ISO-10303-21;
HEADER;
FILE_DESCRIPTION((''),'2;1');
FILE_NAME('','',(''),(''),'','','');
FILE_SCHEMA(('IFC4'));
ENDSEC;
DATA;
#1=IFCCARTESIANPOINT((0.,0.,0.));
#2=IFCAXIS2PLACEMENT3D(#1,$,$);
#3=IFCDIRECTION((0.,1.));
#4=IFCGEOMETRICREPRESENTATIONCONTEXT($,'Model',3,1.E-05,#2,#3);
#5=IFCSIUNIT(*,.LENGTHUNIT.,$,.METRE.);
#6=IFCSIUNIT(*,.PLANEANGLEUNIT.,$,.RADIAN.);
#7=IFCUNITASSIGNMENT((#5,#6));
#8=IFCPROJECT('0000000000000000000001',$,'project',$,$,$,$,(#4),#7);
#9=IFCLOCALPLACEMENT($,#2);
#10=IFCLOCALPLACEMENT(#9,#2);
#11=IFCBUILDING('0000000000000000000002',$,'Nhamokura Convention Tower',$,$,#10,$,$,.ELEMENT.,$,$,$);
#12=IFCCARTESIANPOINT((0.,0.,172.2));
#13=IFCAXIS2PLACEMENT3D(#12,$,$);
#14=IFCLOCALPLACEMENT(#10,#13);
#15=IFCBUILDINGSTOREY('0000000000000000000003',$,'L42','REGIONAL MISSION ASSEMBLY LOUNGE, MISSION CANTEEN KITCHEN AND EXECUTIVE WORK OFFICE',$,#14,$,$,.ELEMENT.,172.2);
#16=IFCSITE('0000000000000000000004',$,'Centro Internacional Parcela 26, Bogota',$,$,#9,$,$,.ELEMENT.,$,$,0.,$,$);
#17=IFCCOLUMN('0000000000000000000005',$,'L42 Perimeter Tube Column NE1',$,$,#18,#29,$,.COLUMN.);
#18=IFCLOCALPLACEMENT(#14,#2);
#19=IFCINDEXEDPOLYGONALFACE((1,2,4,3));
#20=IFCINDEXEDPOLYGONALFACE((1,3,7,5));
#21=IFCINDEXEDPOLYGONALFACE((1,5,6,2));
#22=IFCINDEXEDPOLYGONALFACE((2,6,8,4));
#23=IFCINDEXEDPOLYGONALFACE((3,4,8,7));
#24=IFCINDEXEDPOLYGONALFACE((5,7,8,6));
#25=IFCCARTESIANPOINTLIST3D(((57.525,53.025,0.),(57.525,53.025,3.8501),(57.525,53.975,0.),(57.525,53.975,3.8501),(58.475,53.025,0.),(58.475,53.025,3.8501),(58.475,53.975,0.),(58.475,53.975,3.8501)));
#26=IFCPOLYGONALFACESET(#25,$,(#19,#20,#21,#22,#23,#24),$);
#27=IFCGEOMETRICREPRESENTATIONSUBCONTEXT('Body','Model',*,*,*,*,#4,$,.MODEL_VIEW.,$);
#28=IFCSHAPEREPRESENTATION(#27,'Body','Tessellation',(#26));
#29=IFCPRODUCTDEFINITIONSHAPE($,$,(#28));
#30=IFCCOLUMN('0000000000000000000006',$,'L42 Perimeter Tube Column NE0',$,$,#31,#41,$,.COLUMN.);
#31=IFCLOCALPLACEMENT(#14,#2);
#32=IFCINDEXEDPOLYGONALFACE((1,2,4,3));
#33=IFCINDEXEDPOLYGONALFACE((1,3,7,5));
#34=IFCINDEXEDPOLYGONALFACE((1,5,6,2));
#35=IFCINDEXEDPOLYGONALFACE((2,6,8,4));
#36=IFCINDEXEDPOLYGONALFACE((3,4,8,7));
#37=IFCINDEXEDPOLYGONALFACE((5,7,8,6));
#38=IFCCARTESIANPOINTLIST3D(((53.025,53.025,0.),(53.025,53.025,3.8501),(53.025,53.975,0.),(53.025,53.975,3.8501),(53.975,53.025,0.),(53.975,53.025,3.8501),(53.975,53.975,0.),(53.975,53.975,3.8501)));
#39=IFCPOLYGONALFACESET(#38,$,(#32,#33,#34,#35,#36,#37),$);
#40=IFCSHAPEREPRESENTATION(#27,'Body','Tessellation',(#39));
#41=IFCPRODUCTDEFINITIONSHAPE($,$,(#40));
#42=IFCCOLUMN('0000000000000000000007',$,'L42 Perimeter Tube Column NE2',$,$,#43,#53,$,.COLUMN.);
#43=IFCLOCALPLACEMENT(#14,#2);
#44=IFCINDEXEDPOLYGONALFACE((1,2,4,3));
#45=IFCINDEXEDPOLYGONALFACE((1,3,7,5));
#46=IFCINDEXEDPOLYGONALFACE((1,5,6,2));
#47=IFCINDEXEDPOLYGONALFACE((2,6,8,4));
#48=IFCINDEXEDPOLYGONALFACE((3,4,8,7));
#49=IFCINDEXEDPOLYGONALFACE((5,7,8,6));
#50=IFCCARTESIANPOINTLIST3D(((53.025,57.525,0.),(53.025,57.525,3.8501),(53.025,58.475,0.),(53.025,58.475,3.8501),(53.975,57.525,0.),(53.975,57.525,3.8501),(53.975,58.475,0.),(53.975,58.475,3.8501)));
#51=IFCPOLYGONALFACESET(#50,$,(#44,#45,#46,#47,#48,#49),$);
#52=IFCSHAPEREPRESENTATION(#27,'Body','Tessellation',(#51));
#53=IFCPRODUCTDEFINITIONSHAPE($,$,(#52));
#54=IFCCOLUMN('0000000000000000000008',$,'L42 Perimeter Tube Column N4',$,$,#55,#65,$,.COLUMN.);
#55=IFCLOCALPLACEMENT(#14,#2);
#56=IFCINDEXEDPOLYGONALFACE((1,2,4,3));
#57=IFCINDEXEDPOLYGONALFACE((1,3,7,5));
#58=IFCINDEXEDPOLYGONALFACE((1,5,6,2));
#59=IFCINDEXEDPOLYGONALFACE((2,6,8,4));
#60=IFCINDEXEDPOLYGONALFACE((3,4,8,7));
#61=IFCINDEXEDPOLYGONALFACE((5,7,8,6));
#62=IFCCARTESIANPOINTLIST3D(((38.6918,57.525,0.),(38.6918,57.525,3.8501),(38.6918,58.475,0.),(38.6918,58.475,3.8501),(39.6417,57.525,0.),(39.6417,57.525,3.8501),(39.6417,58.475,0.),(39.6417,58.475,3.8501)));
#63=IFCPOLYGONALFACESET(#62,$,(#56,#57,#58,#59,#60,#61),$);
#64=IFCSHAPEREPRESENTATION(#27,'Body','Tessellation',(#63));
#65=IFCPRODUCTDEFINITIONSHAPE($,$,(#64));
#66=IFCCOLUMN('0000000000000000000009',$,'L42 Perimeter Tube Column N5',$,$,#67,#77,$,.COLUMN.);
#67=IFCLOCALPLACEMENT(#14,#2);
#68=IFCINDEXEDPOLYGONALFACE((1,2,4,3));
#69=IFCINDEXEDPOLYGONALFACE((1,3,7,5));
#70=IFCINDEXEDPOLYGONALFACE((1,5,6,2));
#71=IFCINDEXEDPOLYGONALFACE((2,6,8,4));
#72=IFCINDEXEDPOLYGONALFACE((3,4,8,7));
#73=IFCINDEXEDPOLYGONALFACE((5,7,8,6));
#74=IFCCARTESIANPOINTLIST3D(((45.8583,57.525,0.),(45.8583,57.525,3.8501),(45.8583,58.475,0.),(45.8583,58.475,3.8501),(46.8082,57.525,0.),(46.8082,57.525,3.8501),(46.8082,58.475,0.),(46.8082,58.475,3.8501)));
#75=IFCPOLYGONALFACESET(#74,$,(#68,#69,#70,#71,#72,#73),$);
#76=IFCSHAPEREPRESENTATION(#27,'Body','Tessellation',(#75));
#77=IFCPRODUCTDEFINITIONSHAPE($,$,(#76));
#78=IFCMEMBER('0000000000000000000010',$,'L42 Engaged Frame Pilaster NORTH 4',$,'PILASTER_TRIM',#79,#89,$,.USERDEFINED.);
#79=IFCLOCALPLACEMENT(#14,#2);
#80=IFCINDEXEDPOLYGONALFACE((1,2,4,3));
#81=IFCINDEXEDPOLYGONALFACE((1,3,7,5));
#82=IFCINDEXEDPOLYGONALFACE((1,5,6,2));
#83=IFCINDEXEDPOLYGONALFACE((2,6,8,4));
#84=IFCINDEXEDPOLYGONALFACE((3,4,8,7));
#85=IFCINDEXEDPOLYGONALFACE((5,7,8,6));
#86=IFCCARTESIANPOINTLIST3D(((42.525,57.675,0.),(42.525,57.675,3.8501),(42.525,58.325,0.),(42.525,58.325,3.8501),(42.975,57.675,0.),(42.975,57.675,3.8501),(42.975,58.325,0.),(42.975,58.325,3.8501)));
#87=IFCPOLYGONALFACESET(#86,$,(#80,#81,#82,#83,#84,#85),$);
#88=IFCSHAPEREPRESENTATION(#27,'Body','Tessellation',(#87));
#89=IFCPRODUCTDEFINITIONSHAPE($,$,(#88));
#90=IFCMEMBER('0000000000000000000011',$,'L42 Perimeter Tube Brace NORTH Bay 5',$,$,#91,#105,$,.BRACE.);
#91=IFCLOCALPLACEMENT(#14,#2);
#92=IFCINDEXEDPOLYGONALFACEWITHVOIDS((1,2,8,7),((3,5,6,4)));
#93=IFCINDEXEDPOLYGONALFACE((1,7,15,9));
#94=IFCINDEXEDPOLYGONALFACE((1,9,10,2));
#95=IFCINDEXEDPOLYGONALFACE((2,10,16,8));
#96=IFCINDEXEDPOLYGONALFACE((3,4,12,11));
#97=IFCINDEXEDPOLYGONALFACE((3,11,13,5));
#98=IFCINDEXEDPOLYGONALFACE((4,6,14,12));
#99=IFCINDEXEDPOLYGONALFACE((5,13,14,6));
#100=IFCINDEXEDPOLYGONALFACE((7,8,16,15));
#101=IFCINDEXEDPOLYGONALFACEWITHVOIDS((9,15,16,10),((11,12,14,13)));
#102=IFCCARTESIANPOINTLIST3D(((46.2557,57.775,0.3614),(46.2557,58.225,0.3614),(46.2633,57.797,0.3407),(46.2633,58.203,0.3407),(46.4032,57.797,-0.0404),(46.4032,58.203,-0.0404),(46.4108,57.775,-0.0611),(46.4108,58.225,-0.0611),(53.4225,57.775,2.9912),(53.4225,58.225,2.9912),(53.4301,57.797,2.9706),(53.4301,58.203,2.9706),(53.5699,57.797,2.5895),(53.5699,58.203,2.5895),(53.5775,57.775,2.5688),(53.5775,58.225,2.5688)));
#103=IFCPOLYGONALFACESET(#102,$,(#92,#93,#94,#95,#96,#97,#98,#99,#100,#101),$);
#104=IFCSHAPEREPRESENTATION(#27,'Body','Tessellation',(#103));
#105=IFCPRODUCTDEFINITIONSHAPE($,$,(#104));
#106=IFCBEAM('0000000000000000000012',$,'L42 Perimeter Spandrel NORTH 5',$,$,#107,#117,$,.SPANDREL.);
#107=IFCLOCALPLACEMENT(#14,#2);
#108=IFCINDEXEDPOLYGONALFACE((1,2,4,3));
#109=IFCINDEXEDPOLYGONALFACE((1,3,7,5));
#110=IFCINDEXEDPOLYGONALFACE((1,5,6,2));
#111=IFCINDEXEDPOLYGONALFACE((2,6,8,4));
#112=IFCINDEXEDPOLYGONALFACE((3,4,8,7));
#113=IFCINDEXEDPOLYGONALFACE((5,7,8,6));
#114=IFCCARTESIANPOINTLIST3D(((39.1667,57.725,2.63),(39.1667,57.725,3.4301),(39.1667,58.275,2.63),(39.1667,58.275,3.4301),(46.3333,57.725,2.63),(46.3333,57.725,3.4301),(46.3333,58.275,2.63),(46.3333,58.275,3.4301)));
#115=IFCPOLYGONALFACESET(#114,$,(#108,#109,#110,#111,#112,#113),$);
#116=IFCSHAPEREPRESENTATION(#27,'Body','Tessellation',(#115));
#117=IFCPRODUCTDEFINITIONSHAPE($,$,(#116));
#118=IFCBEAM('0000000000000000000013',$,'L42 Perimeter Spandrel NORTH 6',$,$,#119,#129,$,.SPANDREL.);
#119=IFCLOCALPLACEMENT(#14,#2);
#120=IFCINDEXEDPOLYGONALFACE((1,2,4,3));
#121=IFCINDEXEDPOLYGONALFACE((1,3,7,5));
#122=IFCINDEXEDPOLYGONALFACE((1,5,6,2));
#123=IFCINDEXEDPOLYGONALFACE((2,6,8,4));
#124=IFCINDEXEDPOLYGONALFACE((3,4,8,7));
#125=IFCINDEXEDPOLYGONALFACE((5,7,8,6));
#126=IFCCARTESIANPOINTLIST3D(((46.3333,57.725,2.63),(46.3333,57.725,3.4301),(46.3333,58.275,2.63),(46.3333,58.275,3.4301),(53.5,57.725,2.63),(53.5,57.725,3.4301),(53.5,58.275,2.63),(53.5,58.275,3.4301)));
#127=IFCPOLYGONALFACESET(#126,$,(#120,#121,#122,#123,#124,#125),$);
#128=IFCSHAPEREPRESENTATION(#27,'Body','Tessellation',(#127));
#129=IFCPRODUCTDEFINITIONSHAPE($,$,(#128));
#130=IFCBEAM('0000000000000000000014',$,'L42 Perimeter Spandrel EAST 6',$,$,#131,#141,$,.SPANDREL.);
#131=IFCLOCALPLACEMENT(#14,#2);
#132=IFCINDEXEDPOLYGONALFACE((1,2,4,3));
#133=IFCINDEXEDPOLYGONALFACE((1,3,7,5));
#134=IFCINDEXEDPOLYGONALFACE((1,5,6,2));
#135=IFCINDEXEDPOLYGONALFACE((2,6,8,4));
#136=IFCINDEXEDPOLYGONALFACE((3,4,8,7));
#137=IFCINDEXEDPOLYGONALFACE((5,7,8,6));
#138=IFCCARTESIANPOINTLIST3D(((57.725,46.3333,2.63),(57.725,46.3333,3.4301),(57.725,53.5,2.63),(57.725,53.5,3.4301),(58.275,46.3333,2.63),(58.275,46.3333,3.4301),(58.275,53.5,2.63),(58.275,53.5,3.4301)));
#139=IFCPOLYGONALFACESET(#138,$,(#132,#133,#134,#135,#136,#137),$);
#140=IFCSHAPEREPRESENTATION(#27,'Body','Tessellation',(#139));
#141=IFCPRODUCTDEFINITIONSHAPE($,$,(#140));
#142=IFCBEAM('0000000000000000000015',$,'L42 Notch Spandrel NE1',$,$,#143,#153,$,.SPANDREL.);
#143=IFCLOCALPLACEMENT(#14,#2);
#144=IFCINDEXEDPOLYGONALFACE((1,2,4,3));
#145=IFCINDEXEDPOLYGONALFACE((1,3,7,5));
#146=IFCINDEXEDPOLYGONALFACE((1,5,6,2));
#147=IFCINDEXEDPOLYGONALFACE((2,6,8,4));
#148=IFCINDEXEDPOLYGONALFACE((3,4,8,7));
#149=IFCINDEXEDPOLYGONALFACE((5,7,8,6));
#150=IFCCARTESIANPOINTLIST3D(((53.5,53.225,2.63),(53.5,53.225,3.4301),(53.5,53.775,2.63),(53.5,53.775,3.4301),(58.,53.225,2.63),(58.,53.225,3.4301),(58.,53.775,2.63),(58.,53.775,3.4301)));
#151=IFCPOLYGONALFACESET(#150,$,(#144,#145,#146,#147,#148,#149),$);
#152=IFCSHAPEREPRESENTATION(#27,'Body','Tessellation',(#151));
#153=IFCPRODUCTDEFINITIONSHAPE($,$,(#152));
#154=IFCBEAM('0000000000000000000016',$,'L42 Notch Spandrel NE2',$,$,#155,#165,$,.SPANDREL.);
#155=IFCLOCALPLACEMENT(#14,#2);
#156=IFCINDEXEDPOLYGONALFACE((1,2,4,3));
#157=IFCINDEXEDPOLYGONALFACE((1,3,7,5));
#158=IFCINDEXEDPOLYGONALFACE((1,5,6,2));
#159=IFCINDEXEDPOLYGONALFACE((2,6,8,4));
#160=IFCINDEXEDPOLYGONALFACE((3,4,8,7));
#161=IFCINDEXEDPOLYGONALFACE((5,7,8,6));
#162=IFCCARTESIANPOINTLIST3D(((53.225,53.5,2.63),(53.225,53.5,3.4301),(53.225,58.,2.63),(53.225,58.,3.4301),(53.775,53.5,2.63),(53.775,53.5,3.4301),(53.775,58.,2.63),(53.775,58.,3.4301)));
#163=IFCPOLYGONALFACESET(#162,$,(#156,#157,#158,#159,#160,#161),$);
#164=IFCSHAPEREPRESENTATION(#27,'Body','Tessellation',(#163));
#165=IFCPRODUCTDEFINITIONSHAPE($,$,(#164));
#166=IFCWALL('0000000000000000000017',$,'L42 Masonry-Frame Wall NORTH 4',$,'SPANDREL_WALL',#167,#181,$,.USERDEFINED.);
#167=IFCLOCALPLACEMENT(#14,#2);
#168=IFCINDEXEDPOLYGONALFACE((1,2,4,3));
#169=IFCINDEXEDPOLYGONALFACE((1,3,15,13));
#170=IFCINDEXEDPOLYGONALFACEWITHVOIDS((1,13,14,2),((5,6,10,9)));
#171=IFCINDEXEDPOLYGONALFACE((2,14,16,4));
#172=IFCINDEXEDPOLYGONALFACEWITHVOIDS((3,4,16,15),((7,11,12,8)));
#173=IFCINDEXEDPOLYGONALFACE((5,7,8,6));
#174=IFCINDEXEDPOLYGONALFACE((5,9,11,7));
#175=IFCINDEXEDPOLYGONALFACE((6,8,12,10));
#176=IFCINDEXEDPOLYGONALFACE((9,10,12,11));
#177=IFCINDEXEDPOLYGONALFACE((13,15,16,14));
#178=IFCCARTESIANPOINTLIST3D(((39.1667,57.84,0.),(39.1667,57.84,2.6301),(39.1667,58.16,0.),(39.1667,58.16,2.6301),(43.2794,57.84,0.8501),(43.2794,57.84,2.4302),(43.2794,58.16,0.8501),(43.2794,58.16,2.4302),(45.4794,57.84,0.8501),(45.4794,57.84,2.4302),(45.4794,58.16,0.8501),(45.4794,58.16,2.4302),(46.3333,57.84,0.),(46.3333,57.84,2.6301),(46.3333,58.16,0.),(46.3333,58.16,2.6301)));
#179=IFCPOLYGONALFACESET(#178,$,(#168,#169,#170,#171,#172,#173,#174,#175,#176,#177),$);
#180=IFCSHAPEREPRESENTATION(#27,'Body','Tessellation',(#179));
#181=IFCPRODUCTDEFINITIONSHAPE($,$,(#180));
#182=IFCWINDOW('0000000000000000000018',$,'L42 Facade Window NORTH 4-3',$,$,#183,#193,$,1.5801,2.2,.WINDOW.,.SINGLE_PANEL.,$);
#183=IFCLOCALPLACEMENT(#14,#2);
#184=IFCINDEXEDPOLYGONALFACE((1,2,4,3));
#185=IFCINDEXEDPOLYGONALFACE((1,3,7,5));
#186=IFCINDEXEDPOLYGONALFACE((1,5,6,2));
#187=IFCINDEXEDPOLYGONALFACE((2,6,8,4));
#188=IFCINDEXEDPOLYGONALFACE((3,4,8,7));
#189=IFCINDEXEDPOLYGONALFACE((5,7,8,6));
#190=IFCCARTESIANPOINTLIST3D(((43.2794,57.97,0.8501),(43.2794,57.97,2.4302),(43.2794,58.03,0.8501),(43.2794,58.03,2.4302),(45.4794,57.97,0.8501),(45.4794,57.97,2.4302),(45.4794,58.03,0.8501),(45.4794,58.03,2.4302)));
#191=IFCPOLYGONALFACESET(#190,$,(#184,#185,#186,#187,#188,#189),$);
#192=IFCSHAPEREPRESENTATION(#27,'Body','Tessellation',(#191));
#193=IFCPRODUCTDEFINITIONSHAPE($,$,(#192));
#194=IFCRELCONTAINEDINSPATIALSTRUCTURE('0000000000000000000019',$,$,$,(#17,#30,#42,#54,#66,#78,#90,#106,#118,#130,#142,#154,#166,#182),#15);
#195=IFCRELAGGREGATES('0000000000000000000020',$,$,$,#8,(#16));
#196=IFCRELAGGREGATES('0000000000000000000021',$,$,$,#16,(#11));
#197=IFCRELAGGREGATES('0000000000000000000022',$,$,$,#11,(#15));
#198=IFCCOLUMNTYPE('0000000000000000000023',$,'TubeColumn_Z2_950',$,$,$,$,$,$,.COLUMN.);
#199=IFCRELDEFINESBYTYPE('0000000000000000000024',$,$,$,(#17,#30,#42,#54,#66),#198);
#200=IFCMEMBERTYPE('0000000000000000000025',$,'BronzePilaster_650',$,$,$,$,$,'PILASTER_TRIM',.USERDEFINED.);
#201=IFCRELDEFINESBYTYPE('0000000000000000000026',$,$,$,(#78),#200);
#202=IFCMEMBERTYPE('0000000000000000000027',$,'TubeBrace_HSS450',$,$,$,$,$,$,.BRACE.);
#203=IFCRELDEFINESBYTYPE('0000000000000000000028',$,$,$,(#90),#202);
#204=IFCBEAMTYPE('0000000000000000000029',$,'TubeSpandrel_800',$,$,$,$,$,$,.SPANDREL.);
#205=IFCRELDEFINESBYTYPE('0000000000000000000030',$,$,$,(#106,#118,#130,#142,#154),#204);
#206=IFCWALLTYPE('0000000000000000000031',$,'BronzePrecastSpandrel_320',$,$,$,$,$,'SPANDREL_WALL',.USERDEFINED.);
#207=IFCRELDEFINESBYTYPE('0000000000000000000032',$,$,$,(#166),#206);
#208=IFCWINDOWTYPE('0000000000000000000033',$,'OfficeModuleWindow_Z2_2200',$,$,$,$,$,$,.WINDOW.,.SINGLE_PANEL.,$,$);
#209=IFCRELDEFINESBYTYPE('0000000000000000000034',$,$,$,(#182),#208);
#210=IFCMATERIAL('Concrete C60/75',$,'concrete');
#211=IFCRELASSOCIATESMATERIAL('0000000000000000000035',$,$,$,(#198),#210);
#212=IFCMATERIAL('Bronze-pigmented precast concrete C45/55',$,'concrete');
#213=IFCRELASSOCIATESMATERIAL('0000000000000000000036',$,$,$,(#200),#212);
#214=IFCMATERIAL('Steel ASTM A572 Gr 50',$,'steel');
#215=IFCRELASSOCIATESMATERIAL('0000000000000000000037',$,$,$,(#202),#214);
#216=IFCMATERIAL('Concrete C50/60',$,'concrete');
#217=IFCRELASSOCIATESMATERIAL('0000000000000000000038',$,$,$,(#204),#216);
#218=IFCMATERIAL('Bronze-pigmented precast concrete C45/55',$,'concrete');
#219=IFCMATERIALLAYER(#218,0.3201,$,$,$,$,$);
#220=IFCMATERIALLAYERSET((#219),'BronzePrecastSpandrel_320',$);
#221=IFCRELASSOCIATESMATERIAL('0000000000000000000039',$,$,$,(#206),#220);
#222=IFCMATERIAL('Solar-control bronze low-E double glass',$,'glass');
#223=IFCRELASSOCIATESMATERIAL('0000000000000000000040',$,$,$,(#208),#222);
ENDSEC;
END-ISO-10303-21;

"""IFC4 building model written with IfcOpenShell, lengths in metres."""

from ifc_helpers import new_model, si_unit, direction, frame, frame_2d, origin, origin_2d, place, context, subcontext, project, spatial, rectangle, hollow_rectangle, extrude, material, layer, layer_set, material_profile, profile_set, type_object, element, fill, save


model = new_model("IFC4")

# Units and contexts
model_context = context("Model", 3, precision=1e-05, world=origin(), true_north=direction((0.0, 1.0)))
body_context = subcontext(model_context, "Body", "Model", "MODEL_VIEW")
ifc_project = project(units=[si_unit("LENGTHUNIT", "METRE"), si_unit("PLANEANGLEUNIT", "RADIAN")], contexts=[model_context])

# Site, building, storey
site_placement = place(None, origin())
site = spatial("IfcSite", under=ifc_project, at=site_placement, Name="Centro Internacional Parcela 26, Bogota", CompositionType="ELEMENT", RefElevation=0.0)
building_placement = place(site_placement, origin())
building = spatial("IfcBuilding", under=site, at=building_placement, Name="Nhamokura Convention Tower", CompositionType="ELEMENT")
storey_placement = place(building_placement, frame((0.0, 0.0, 172.2)))
storey = spatial("IfcBuildingStorey", under=building, at=storey_placement, Name="L42", Description="REGIONAL MISSION ASSEMBLY LOUNGE, MISSION CANTEEN KITCHEN AND EXECUTIVE WORK OFFICE", CompositionType="ELEMENT", Elevation=172.2)

# Columns
ifc_material_1 = material(Name="Concrete C60/75", Category="concrete")
ifc_material_profile_1 = material_profile(ifc_material_1, rectangle(XDim=0.95, YDim=0.95, at=origin_2d()))
ifc_profile_set_1 = profile_set([ifc_material_profile_1], Name="Concrete C60/75")
column_type = type_object("IfcColumnType", Name="TubeColumn_Z2_950", PredefinedType="COLUMN", material=ifc_profile_set_1)
for number, where, z_axis, x_axis, name in (
    (1, (58.0, 53.5, 0.0), (0.0, 0.0, 1.0), (1.0, 0.0, 0.0), "L42 Perimeter Tube Column NE1"),
    (2, (53.5, 53.5, 0.0), (0.0, 0.0, 1.0), (1.0, 0.0, 0.0), "L42 Perimeter Tube Column NE0"),
    (3, (53.5, 58.0, 0.0), (0.0, 0.0, 1.0), (1.0, 0.0, 0.0), "L42 Perimeter Tube Column NE2"),
    (4, (39.1667, 58.0, 0.0), (0.0, 0.0, 1.0), (1.0, 0.0, 0.0), "L42 Perimeter Tube Column N4"),
    (5, (46.3333, 58.0, 0.0), (0.0, 0.0, 1.0), (1.0, 0.0, 0.0), "L42 Perimeter Tube Column N5"),
):
    element("IfcColumn", number, at=place(storey_placement, frame(where, z_axis=z_axis, x_axis=x_axis)), inside=storey, type_object=column_type, Name=name, PredefinedType="COLUMN", context=body_context, shape_type="SweptSolid", body=[
        extrude(rectangle(XDim=0.95, YDim=0.95, at=origin_2d()), origin(), (0.0, 0.0, 1.0), 3.8501),
    ])

# Members
ifc_material_2 = material(Name="Bronze-pigmented precast concrete C45/55", Category="concrete")
ifc_material_profile_2 = material_profile(ifc_material_2, rectangle(XDim=0.45, YDim=0.6499, at=origin_2d()))
ifc_profile_set_2 = profile_set([ifc_material_profile_2], Name="Bronze-pigmented precast concrete C45/55")
member_type_1 = type_object("IfcMemberType", Name="BronzePilaster_650", ElementType="PILASTER_TRIM", PredefinedType="USERDEFINED", material=ifc_profile_set_2)
member_1_placement = place(storey_placement, frame((42.75, 58.0, 0.0), z_axis=(0.0, 0.0, 1.0), x_axis=(1.0, 0.0, 0.0)))
element("IfcMember", 6, at=member_1_placement, inside=storey, type_object=member_type_1, Name="L42 Engaged Frame Pilaster NORTH 4", ObjectType="PILASTER_TRIM", PredefinedType="USERDEFINED", context=body_context, shape_type="SweptSolid", body=[
    extrude(rectangle(XDim=0.45, YDim=0.6499, at=origin_2d()), origin(), (0.0, 0.0, 1.0), 3.8501),
])
ifc_material_3 = material(Name="Steel ASTM A572 Gr 50", Category="steel")
ifc_material_profile_3 = material_profile(ifc_material_3, hollow_rectangle(XDim=0.45, YDim=0.45, WallThickness=0.022, at=origin_2d()))
ifc_profile_set_3 = profile_set([ifc_material_profile_3], Name="Steel ASTM A572 Gr 50")
member_type_2 = type_object("IfcMemberType", Name="TubeBrace_HSS450", PredefinedType="BRACE", material=ifc_profile_set_3)
member_2_placement = place(storey_placement, frame((46.3333, 58.0, 0.1501), z_axis=(0.938788, 0.0, 0.344494), x_axis=(0.0, 1.0, 0.0)))
element("IfcMember", 7, at=member_2_placement, inside=storey, type_object=member_type_2, Name="L42 Perimeter Tube Brace NORTH Bay 5", PredefinedType="BRACE", context=body_context, shape_type="SweptSolid", body=[
    extrude(hollow_rectangle(XDim=0.45, YDim=0.45, WallThickness=0.022, at=origin_2d()), origin(), (0.0, 0.0, 1.0), 7.634),
])

# Beams
ifc_material_4 = material(Name="Concrete C50/60", Category="concrete")
ifc_material_profile_4 = material_profile(ifc_material_4, rectangle(XDim=0.55, YDim=0.8, at=origin_2d()))
ifc_profile_set_4 = profile_set([ifc_material_profile_4], Name="Concrete C50/60")
beam_type = type_object("IfcBeamType", Name="TubeSpandrel_800", PredefinedType="SPANDREL", material=ifc_profile_set_4)
beam_placement = place(storey_placement, frame((39.1667, 58.0, 3.03), z_axis=(1.0, 0.0, 0.0), x_axis=(0.0, 1.0, 0.0)))
element("IfcBeam", 8, at=beam_placement, inside=storey, type_object=beam_type, Name="L42 Perimeter Spandrel NORTH 5", PredefinedType="SPANDREL", context=body_context, shape_type="SweptSolid", body=[
    extrude(rectangle(XDim=0.55, YDim=0.8, at=origin_2d()), origin(), (0.0, 0.0, 1.0), 7.1665),
])
for number, where, z_axis, x_axis, name in (
    (9, (46.3333, 58.0, 3.03), (1.0, 0.0, 0.0), (0.0, 1.0, 0.0), "L42 Perimeter Spandrel NORTH 6"),
    (10, (58.0, 46.3333, 3.03), (0.0, 1.0, 0.0), (-1.0, 0.0, 0.0), "L42 Perimeter Spandrel EAST 6"),
):
    element("IfcBeam", number, at=place(storey_placement, frame(where, z_axis=z_axis, x_axis=x_axis)), inside=storey, type_object=beam_type, Name=name, PredefinedType="SPANDREL", context=body_context, shape_type="SweptSolid", body=[
        extrude(rectangle(XDim=0.55, YDim=0.8, at=origin_2d()), origin(), (0.0, 0.0, 1.0), 7.1667),
    ])
for number, where, z_axis, x_axis, name in (
    (11, (58.0, 53.5, 3.03), (-1.0, 0.0, 0.0), (0.0, -1.0, 0.0), "L42 Notch Spandrel NE1"),
    (12, (53.5, 53.5, 3.03), (0.0, 1.0, 0.0), (-1.0, 0.0, 0.0), "L42 Notch Spandrel NE2"),
):
    element("IfcBeam", number, at=place(storey_placement, frame(where, z_axis=z_axis, x_axis=x_axis)), inside=storey, type_object=beam_type, Name=name, PredefinedType="SPANDREL", context=body_context, shape_type="SweptSolid", body=[
        extrude(rectangle(XDim=0.55, YDim=0.8, at=origin_2d()), origin(), (0.0, 0.0, 1.0), 4.5),
    ])

# Wall, opening, window
ifc_material_5 = material(Name="Bronze-pigmented precast concrete C45/55", Category="concrete")
ifc_layer = layer(ifc_material_5, 0.3201)
ifc_layer_set = layer_set([ifc_layer], Name="BronzePrecastSpandrel_320")
wall_type = type_object("IfcWallType", Name="BronzePrecastSpandrel_320", ElementType="SPANDREL_WALL", PredefinedType="USERDEFINED", material=ifc_layer_set)
wall_1_placement = place(storey_placement, frame((39.1667, 58.0, 0.0), z_axis=(0.0, 0.0, 1.0), x_axis=(1.0, 0.0, 0.0)))
wall_1 = element("IfcWall", 13, at=wall_1_placement, inside=storey, type_object=wall_type, Name="L42 Masonry-Frame Wall NORTH 4", ObjectType="SPANDREL_WALL", PredefinedType="USERDEFINED", context=body_context, shape_type="SweptSolid", body=[
    extrude(rectangle(XDim=7.1665, YDim=0.3201, at=frame_2d((3.5833, 0.0))), origin(), (0.0, 0.0, 1.0), 2.6301),
])
opening_1_placement = place(wall_1_placement, frame((4.1125, 0.0, 0.8501)))
opening_1 = element("IfcOpeningElement", 14, at=opening_1_placement, cuts=wall_1, PredefinedType="OPENING", context=body_context, shape_type="SweptSolid", body=[
    extrude(rectangle(XDim=2.2, YDim=1.5801, at=frame_2d((1.1001, 0.79))), frame((0.0, 0.1699, 0.0), z_axis=(0.0, -1.0, 0.0), x_axis=(1.0, 0.0, 0.0)), (0.0, 0.0, 1.0), 0.3401),
])
ifc_material_6 = material(Name="Solar-control bronze low-E double glass", Category="glass")
window_type_1 = type_object("IfcWindowType", Name="OfficeModuleWindow_Z2_2200", PartitioningType="SINGLE_PANEL", PredefinedType="WINDOW", material=ifc_material_6)
window_1_placement = place(opening_1_placement, origin())
window_1 = element("IfcWindow", 15, at=window_1_placement, inside=storey, type_object=window_type_1, Name="L42 Facade Window NORTH 4-3", OverallHeight=1.5801, OverallWidth=2.2, PartitioningType="SINGLE_PANEL", PredefinedType="WINDOW", context=body_context, shape_type="SweptSolid", body=[
    extrude(rectangle(XDim=2.2, YDim=1.5801, at=frame_2d((1.1001, 0.79))), frame((0.0, 0.03, 0.0), z_axis=(0.0, -1.0, 0.0), x_axis=(1.0, 0.0, 0.0)), (0.0, 0.0, 1.0), 0.0601),
])
fill(opening_1, window_1)

save(model, "model.ifc")
